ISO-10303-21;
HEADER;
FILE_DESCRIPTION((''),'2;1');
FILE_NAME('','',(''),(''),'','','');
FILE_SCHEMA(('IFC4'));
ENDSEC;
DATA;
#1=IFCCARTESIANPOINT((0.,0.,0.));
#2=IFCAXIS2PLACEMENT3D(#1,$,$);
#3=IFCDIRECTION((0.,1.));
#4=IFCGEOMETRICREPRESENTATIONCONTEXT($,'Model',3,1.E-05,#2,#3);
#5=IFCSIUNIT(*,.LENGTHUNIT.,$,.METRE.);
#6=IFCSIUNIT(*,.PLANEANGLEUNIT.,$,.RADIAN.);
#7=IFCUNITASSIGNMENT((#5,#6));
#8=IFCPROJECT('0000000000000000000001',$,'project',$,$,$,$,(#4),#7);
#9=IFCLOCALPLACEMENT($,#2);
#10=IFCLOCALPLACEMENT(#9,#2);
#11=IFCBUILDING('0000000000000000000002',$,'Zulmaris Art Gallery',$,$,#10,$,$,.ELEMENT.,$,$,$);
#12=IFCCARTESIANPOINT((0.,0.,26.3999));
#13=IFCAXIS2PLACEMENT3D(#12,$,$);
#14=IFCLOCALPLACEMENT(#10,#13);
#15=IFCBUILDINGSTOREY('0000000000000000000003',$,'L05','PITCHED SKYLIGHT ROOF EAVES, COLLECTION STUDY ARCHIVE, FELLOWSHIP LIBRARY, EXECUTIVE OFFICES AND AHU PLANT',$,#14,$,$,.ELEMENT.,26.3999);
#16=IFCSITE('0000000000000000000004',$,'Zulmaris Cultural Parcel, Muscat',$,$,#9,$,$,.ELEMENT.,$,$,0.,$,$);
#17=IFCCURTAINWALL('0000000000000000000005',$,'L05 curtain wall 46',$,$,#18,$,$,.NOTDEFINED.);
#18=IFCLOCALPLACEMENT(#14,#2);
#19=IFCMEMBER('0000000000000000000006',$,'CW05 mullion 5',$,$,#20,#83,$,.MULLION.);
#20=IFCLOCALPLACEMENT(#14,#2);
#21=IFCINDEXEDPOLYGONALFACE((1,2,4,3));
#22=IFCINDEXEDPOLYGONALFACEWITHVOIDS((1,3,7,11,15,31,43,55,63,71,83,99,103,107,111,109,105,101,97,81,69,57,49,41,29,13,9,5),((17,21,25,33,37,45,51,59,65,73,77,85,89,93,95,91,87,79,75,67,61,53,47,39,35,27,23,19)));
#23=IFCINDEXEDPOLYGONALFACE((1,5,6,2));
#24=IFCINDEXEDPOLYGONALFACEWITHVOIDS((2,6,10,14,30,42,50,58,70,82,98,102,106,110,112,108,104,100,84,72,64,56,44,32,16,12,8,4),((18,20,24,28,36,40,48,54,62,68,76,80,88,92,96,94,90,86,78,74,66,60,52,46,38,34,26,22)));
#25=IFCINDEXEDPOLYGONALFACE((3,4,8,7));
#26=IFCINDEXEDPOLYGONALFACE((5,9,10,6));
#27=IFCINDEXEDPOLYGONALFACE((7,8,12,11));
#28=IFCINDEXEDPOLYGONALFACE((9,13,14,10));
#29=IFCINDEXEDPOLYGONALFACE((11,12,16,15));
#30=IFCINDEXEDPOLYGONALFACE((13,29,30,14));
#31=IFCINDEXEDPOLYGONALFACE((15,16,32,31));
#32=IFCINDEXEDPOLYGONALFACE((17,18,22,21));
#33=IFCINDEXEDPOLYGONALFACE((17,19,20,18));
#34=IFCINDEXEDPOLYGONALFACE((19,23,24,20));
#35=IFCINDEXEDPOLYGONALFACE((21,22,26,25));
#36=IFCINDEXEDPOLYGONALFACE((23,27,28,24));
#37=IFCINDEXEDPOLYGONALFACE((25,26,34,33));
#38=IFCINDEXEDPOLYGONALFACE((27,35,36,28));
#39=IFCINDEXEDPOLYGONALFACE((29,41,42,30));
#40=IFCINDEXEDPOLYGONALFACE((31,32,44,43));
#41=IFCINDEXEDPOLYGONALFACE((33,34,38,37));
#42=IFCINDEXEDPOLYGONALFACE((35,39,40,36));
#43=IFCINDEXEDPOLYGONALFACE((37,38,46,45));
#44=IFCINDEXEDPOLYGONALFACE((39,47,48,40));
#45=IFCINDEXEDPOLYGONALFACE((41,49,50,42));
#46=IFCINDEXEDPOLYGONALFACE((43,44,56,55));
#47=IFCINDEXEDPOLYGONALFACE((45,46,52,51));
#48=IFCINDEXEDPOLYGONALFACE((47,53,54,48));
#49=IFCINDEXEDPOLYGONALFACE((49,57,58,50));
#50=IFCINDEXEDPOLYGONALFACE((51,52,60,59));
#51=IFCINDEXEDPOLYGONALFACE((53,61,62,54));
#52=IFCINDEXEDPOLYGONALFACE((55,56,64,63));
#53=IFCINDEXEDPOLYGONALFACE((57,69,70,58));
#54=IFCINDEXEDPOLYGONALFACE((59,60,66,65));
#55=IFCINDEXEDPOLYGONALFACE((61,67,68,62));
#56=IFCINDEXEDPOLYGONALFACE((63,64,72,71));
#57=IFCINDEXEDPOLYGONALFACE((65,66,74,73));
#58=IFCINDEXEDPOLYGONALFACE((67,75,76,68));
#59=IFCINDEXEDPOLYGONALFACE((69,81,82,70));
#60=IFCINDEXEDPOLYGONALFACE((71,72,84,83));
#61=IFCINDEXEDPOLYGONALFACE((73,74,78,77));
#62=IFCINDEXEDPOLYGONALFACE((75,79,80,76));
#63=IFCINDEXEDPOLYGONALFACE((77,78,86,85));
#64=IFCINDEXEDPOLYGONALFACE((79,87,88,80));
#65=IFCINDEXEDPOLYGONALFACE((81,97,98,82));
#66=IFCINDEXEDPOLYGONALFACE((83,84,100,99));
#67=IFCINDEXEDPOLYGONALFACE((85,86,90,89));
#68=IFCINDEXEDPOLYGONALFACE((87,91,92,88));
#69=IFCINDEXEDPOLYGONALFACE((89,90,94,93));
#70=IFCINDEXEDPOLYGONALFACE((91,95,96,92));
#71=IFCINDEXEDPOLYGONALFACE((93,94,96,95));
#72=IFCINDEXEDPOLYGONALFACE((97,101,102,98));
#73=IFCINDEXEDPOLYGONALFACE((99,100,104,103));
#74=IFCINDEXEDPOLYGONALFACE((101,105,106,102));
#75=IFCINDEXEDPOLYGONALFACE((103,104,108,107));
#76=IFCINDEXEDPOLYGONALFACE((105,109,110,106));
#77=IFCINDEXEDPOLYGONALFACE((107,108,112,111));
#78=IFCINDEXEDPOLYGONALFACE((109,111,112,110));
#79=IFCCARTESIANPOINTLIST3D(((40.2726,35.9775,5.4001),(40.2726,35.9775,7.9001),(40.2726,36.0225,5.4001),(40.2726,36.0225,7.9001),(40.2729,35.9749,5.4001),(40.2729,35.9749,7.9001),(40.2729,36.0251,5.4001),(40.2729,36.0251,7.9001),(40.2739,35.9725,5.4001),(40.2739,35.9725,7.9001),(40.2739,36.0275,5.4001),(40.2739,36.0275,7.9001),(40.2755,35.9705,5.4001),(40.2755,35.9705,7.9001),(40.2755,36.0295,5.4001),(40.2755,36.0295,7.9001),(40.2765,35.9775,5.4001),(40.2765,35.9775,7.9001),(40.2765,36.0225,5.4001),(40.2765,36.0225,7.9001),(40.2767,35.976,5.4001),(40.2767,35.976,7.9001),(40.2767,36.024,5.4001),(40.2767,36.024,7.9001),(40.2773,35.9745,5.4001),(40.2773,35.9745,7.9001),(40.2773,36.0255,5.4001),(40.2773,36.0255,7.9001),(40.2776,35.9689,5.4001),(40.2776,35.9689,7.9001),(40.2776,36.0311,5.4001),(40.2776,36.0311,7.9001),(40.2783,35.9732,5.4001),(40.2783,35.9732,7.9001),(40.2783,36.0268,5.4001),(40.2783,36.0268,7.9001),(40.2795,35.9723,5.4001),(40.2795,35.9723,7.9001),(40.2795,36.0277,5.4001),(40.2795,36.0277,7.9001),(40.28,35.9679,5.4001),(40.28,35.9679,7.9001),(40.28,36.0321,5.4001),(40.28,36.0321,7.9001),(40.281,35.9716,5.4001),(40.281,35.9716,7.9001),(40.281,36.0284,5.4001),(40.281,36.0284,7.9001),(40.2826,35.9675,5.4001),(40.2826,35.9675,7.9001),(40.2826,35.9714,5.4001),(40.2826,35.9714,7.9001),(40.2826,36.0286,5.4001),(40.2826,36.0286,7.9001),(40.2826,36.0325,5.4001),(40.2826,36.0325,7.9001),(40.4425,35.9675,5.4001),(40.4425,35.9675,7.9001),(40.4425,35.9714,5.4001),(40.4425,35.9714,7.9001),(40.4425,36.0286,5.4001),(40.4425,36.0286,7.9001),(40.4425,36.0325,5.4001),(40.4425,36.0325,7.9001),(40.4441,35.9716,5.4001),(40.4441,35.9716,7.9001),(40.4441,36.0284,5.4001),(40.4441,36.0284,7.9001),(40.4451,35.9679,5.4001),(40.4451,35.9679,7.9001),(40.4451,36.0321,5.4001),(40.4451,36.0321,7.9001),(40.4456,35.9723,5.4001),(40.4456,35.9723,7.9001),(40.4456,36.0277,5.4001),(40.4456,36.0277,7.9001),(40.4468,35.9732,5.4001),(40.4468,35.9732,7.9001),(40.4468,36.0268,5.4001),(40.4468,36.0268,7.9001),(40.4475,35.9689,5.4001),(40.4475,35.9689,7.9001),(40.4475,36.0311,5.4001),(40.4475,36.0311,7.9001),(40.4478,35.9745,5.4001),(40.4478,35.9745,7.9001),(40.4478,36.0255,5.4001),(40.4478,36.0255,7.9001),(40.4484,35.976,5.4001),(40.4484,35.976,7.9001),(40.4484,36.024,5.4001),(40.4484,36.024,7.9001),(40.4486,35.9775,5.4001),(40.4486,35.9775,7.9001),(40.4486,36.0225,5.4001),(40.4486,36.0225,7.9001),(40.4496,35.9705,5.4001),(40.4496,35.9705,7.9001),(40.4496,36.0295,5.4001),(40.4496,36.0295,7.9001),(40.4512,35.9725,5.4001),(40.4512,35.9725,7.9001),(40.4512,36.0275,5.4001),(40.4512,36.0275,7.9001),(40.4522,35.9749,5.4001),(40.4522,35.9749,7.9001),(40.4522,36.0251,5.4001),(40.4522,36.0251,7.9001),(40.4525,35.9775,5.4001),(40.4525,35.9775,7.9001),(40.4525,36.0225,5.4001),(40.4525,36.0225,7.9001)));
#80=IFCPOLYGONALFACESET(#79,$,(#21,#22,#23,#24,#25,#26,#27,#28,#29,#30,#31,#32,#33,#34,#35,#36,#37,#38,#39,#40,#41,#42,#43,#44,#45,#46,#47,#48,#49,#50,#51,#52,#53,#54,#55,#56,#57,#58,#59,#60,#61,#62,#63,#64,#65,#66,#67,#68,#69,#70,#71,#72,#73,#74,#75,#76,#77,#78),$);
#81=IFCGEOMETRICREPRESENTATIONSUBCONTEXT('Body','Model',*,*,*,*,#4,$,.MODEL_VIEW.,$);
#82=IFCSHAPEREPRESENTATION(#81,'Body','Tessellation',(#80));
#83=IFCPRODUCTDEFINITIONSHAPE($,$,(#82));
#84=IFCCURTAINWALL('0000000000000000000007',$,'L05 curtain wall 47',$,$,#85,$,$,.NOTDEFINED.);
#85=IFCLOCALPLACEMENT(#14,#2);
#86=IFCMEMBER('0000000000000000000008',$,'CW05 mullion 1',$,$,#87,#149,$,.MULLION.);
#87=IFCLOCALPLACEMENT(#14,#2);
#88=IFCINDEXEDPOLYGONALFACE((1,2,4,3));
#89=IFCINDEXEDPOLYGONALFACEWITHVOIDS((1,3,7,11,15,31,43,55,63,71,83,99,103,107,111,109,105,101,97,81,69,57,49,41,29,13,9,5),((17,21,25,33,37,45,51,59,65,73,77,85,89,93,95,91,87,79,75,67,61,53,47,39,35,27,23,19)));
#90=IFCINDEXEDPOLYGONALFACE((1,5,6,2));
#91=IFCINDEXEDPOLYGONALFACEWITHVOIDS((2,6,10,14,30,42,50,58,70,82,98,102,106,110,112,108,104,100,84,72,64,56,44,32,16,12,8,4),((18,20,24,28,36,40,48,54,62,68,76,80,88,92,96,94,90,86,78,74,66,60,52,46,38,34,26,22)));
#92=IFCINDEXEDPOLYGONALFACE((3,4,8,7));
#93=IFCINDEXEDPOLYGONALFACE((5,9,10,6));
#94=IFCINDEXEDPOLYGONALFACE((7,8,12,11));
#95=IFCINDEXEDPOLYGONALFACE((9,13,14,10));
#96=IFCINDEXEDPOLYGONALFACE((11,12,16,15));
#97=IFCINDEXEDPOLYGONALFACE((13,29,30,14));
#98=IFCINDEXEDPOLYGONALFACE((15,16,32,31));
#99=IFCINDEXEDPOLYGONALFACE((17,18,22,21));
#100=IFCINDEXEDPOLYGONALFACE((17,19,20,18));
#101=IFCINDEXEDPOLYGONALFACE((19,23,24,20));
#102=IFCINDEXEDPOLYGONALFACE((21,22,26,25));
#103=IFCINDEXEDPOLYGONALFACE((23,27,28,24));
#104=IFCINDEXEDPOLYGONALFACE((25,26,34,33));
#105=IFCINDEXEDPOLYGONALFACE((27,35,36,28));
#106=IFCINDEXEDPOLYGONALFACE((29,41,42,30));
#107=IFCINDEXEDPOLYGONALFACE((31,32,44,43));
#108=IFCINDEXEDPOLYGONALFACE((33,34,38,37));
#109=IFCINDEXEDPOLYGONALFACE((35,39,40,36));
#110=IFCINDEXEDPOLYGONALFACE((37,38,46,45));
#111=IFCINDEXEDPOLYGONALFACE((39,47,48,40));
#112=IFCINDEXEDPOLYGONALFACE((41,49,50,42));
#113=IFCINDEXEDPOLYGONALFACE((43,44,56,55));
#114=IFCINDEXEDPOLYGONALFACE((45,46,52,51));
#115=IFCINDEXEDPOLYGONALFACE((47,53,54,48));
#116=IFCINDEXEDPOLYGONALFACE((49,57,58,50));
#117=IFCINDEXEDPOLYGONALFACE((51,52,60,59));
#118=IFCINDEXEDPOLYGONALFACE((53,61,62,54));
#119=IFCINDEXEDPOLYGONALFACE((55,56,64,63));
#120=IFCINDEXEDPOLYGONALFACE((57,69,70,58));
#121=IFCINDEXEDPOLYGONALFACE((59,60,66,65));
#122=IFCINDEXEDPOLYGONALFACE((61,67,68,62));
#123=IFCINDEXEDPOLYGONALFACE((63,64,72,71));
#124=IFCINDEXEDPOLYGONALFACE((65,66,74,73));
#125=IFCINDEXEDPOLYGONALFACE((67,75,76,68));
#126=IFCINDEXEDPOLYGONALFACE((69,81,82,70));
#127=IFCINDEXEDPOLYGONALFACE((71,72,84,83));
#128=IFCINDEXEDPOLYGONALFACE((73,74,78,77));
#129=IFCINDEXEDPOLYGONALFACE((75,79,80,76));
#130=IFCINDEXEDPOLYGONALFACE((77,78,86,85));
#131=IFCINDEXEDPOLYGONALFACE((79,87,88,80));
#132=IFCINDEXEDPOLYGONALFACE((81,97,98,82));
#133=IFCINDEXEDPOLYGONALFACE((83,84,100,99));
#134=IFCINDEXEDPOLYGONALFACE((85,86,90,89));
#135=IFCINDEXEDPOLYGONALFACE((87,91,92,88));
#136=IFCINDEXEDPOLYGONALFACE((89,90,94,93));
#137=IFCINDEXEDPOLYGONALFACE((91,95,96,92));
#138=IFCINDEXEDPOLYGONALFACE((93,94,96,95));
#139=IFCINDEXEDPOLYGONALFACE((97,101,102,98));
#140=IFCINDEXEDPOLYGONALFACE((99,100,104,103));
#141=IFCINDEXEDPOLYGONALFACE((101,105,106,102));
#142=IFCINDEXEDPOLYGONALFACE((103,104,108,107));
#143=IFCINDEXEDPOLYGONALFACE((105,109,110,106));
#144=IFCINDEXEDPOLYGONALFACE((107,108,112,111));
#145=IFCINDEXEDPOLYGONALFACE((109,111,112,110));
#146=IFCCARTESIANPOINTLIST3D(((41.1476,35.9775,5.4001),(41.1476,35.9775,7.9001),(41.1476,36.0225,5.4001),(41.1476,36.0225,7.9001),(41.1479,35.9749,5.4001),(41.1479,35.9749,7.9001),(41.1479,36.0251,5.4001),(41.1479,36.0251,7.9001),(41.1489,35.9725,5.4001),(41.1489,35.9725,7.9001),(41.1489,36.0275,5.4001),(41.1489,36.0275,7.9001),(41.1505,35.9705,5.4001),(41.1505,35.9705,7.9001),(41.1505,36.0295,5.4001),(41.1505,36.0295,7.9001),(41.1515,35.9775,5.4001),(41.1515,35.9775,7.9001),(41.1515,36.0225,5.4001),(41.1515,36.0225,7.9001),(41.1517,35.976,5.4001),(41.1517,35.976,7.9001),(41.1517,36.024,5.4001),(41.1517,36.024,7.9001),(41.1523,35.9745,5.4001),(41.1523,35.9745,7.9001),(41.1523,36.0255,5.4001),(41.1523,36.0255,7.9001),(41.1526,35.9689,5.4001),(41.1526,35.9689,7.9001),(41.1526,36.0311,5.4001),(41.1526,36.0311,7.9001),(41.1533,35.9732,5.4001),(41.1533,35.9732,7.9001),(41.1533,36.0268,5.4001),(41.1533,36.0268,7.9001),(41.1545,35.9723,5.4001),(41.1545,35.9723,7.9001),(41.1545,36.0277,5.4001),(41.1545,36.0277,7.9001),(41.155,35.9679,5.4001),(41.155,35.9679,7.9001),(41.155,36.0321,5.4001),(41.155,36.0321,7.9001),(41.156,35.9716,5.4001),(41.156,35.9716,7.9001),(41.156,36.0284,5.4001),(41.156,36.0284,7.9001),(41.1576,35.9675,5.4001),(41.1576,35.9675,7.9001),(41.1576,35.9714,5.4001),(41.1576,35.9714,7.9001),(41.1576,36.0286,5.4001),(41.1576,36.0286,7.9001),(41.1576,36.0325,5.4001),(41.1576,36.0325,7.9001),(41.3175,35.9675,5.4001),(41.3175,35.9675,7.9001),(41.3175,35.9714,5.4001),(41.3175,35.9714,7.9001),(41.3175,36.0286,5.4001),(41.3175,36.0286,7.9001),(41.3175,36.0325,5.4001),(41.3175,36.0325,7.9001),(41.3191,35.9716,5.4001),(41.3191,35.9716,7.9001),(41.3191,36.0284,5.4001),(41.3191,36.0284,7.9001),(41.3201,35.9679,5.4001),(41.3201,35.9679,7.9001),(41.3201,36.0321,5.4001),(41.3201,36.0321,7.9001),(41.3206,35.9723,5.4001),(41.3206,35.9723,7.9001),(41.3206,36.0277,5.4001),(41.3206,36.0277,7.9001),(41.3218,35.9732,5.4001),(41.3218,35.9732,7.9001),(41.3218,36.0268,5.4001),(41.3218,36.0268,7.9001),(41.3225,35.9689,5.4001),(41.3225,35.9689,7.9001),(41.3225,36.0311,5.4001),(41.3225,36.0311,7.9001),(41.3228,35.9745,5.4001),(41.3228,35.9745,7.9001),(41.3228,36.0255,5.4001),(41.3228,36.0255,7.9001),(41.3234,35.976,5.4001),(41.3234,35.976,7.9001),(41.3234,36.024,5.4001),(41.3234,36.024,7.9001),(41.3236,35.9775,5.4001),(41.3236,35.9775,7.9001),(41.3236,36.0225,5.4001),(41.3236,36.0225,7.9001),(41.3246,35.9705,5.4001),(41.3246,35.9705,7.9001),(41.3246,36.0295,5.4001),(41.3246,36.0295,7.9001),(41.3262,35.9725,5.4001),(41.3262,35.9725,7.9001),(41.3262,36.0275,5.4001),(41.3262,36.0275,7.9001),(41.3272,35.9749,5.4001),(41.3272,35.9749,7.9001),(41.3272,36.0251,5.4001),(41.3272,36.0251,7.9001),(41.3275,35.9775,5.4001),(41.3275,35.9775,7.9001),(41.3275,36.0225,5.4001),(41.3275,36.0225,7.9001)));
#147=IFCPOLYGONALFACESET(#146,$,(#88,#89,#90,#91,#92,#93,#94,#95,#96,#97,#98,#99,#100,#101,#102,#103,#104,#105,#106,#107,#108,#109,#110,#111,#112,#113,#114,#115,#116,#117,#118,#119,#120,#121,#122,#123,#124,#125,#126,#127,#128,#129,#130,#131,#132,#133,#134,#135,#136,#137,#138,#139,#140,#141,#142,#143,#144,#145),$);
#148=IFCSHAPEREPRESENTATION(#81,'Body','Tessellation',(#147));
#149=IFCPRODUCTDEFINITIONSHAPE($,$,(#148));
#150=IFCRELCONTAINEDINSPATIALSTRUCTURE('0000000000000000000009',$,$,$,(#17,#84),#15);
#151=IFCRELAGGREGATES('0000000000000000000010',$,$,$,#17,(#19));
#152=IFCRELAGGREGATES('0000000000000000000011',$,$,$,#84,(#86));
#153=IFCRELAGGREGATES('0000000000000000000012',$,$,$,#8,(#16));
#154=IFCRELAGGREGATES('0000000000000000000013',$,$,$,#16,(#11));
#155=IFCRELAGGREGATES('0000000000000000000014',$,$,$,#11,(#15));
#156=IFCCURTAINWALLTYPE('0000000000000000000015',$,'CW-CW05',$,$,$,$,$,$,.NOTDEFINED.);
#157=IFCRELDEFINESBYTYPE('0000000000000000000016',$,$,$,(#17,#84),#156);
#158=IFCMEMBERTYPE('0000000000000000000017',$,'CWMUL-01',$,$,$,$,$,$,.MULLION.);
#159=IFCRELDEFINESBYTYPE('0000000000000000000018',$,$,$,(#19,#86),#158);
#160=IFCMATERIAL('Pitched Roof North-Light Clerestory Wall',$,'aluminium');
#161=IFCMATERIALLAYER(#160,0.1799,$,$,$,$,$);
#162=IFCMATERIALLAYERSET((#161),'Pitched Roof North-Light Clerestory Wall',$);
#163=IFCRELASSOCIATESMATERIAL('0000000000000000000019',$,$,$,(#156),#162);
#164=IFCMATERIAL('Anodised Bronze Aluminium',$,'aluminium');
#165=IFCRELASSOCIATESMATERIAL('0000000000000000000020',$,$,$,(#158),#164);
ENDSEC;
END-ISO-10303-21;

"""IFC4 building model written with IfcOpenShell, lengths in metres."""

from ifc_helpers import new_model, si_unit, direction, frame, origin, origin_2d, place, context, subcontext, project, spatial, hollow_rectangle, extrude, material, layer, layer_set, material_profile, profile_set, type_object, element, aggregate, save


model = new_model("IFC4")

# Units and contexts
model_context = context("Model", 3, precision=1e-05, world=origin(), true_north=direction((0.0, 1.0)))
body_context = subcontext(model_context, "Body", "Model", "MODEL_VIEW")
ifc_project = project(units=[si_unit("LENGTHUNIT", "METRE"), si_unit("PLANEANGLEUNIT", "RADIAN")], contexts=[model_context])

# Site, building, storey
site_placement = place(None, origin())
site = spatial("IfcSite", under=ifc_project, at=site_placement, Name="Zulmaris Cultural Parcel, Muscat", CompositionType="ELEMENT", RefElevation=0.0)
building_placement = place(site_placement, origin())
building = spatial("IfcBuilding", under=site, at=building_placement, Name="Zulmaris Art Gallery", CompositionType="ELEMENT")
storey_placement = place(building_placement, frame((0.0, 0.0, 26.3999)))
storey = spatial("IfcBuildingStorey", under=building, at=storey_placement, Name="L05", Description="PITCHED SKYLIGHT ROOF EAVES, COLLECTION STUDY ARCHIVE, FELLOWSHIP LIBRARY, EXECUTIVE OFFICES AND AHU PLANT", CompositionType="ELEMENT", Elevation=26.3999)

# Curtain wall, member
ifc_material_1 = material(Name="Pitched Roof North-Light Clerestory Wall", Category="aluminium")
ifc_layer_1 = layer(ifc_material_1, 0.1799)
ifc_layer_set_1 = layer_set([ifc_layer_1], Name="Pitched Roof North-Light Clerestory Wall")
curtain_wall_type = type_object("IfcCurtainWallType", Name="CW-CW05", PredefinedType="NOTDEFINED", material=ifc_layer_set_1)
curtain_wall_1_placement = place(storey_placement, origin())
curtain_wall_1 = element("IfcCurtainWall", 1, at=curtain_wall_1_placement, inside=storey, type_object=curtain_wall_type, Name="L05 curtain wall 46", PredefinedType="NOTDEFINED")
ifc_material_2 = material(Name="Anodised Bronze Aluminium", Category="aluminium")
ifc_material_profile_1 = material_profile(ifc_material_2, hollow_rectangle(XDim=0.0649, YDim=0.1799, WallThickness=0.0039, InnerFilletRadius=0.0061, OuterFilletRadius=0.01, at=origin_2d()), Name="ALU 65x180x4")
ifc_profile_set_1 = profile_set([ifc_material_profile_1], Name="Anodised Bronze Aluminium")
member_type_1 = type_object("IfcMemberType", Name="CWMUL-01", PredefinedType="MULLION", material=ifc_profile_set_1)
member_1_placement = place(storey_placement, frame((40.3625, 36.0, 5.4001), z_axis=(0.0, 0.0, 1.0), x_axis=(0.0, 1.0, 0.0)))
member_1 = element("IfcMember", 2, at=member_1_placement, type_object=member_type_1, Name="CW05 mullion 5", PredefinedType="MULLION", context=body_context, shape_type="SweptSolid", body=[
    extrude(hollow_rectangle(XDim=0.0649, YDim=0.1799, WallThickness=0.0039, InnerFilletRadius=0.0061, OuterFilletRadius=0.01, at=origin_2d()), origin(), (0.0, 0.0, 1.0), 2.5),
])
aggregate(curtain_wall_1, [member_1])

# Curtain wall, member
curtain_wall_2_placement = place(storey_placement, origin())
curtain_wall_2 = element("IfcCurtainWall", 3, at=curtain_wall_2_placement, inside=storey, type_object=curtain_wall_type, Name="L05 curtain wall 47", PredefinedType="NOTDEFINED")
member_2_placement = place(storey_placement, frame((41.2375, 36.0, 5.4001), z_axis=(0.0, 0.0, 1.0), x_axis=(0.0, 1.0, 0.0)))
member_2 = element("IfcMember", 4, at=member_2_placement, type_object=member_type_1, Name="CW05 mullion 1", PredefinedType="MULLION", context=body_context, shape_type="SweptSolid", body=[
    extrude(hollow_rectangle(XDim=0.0649, YDim=0.1799, WallThickness=0.0039, InnerFilletRadius=0.0061, OuterFilletRadius=0.01, at=origin_2d()), origin(), (0.0, 0.0, 1.0), 2.5),
])

aggregate(curtain_wall_2, [member_2])

save(model, "model.ifc")
